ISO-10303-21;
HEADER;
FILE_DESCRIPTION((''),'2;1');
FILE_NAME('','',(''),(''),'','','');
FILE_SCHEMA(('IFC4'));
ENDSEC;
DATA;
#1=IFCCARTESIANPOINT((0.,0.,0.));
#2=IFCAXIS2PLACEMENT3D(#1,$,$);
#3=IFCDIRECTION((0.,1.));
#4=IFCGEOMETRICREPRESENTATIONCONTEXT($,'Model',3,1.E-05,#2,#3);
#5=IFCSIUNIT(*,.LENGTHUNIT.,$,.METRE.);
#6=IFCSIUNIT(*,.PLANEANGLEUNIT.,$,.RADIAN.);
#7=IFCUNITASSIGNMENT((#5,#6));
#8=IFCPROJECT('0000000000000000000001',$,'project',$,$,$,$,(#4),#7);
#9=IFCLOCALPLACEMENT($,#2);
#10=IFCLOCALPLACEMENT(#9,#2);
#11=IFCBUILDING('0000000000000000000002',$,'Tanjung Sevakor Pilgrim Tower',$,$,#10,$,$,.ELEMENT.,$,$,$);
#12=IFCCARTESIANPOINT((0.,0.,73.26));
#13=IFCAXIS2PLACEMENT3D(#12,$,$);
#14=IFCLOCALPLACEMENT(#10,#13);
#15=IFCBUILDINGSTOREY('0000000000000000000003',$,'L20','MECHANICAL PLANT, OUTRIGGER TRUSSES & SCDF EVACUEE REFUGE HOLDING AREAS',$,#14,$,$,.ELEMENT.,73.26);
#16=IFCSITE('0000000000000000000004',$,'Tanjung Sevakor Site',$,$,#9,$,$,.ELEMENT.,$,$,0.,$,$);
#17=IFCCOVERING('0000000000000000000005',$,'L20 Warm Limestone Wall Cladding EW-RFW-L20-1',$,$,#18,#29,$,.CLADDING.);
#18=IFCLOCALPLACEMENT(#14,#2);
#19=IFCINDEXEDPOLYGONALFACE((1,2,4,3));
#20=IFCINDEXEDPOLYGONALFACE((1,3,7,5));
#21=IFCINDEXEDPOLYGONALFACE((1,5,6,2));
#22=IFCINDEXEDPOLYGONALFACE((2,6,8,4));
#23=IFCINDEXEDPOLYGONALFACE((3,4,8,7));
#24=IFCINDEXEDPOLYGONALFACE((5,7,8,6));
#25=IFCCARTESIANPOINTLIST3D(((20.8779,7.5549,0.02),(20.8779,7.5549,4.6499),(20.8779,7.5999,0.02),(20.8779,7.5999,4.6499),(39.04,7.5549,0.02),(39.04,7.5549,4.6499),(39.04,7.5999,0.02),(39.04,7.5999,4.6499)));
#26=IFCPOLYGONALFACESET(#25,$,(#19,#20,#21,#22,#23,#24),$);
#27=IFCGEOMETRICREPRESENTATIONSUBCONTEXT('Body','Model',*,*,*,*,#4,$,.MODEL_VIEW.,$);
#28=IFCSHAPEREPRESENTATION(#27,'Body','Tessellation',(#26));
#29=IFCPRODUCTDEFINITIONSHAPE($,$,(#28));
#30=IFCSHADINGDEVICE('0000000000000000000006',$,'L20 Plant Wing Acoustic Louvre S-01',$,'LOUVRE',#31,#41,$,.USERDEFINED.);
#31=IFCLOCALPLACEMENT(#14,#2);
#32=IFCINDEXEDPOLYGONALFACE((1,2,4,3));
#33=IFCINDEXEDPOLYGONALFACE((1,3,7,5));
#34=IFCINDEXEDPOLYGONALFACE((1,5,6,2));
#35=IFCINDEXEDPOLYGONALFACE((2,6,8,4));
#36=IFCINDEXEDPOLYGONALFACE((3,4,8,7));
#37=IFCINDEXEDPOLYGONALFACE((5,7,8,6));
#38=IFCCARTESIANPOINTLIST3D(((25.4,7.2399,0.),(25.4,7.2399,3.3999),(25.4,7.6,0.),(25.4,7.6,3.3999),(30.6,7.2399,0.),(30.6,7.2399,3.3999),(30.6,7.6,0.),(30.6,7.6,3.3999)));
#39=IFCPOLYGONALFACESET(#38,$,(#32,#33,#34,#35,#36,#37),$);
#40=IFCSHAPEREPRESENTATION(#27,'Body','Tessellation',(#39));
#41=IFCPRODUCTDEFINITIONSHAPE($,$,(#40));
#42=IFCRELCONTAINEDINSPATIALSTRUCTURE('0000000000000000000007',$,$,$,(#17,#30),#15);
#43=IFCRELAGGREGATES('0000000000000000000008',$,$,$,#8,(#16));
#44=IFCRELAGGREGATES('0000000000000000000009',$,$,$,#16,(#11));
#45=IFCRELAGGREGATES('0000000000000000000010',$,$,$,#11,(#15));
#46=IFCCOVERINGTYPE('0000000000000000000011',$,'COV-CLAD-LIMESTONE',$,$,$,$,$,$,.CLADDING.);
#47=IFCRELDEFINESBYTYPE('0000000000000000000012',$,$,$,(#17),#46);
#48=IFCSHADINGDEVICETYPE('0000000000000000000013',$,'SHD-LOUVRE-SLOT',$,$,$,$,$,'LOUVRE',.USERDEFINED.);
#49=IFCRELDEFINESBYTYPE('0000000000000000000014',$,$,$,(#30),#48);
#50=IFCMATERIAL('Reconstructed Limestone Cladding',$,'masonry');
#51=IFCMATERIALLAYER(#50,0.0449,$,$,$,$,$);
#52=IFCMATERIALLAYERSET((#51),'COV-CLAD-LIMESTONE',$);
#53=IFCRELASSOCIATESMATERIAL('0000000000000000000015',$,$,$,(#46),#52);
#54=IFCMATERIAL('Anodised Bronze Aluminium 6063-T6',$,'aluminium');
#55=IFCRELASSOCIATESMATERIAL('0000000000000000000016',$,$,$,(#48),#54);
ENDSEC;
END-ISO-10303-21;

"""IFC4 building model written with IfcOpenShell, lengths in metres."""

from ifc_helpers import new_model, si_unit, direction, frame, origin, origin_2d, place, context, subcontext, project, spatial, rectangle, extrude, material, layer, layer_set, type_object, element, save


model = new_model("IFC4")

# Units and contexts
model_context = context("Model", 3, precision=1e-05, world=origin(), true_north=direction((0.0, 1.0)))
body_context = subcontext(model_context, "Body", "Model", "MODEL_VIEW")
ifc_project = project(units=[si_unit("LENGTHUNIT", "METRE"), si_unit("PLANEANGLEUNIT", "RADIAN")], contexts=[model_context])

# Site, building, storey
site_placement = place(None, origin())
site = spatial("IfcSite", under=ifc_project, at=site_placement, Name="Tanjung Sevakor Site", CompositionType="ELEMENT", RefElevation=0.0)
building_placement = place(site_placement, origin())
building = spatial("IfcBuilding", under=site, at=building_placement, Name="Tanjung Sevakor Pilgrim Tower", CompositionType="ELEMENT")
storey_placement = place(building_placement, frame((0.0, 0.0, 73.26)))
storey = spatial("IfcBuildingStorey", under=building, at=storey_placement, Name="L20", Description="MECHANICAL PLANT, OUTRIGGER TRUSSES & SCDF EVACUEE REFUGE HOLDING AREAS", CompositionType="ELEMENT", Elevation=73.26)

# Covering
ifc_material_1 = material(Name="Reconstructed Limestone Cladding", Category="masonry")
ifc_layer_1 = layer(ifc_material_1, 0.0449)
ifc_layer_set_1 = layer_set([ifc_layer_1], Name="COV-CLAD-LIMESTONE")
covering_type = type_object("IfcCoveringType", Name="COV-CLAD-LIMESTONE", PredefinedType="CLADDING", material=ifc_layer_set_1)
covering_placement = place(storey_placement, frame((29.959, 7.5774, 0.02), z_axis=(0.0, 0.0, 1.0), x_axis=(1.0, 0.0, 0.0)))
element("IfcCovering", 1, at=covering_placement, inside=storey, type_object=covering_type, Name="L20 Warm Limestone Wall Cladding EW-RFW-L20-1", PredefinedType="CLADDING", context=body_context, shape_type="SweptSolid", body=[
    extrude(rectangle(XDim=18.1621, YDim=0.0449, at=origin_2d()), origin(), (0.0, 0.0, 1.0), 4.6299),
])

# Shading device
ifc_material_2 = material(Name="Anodised Bronze Aluminium 6063-T6", Category="aluminium")
shading_device_type = type_object("IfcShadingDeviceType", Name="SHD-LOUVRE-SLOT", ElementType="LOUVRE", PredefinedType="USERDEFINED", material=ifc_material_2)
shading_device_placement = place(storey_placement, frame((28.0, 7.4199, 0.0), z_axis=(0.0, 0.0, 1.0), x_axis=(1.0, 0.0, 0.0)))
element("IfcShadingDevice", 2, at=shading_device_placement, inside=storey, type_object=shading_device_type, Name="L20 Plant Wing Acoustic Louvre S-01", ObjectType="LOUVRE", PredefinedType="USERDEFINED", context=body_context, shape_type="SweptSolid", body=[
    extrude(rectangle(XDim=5.2, YDim=0.3601, at=origin_2d()), origin(), (0.0, 0.0, 1.0), 3.3999),
])

save(model, "model.ifc")
